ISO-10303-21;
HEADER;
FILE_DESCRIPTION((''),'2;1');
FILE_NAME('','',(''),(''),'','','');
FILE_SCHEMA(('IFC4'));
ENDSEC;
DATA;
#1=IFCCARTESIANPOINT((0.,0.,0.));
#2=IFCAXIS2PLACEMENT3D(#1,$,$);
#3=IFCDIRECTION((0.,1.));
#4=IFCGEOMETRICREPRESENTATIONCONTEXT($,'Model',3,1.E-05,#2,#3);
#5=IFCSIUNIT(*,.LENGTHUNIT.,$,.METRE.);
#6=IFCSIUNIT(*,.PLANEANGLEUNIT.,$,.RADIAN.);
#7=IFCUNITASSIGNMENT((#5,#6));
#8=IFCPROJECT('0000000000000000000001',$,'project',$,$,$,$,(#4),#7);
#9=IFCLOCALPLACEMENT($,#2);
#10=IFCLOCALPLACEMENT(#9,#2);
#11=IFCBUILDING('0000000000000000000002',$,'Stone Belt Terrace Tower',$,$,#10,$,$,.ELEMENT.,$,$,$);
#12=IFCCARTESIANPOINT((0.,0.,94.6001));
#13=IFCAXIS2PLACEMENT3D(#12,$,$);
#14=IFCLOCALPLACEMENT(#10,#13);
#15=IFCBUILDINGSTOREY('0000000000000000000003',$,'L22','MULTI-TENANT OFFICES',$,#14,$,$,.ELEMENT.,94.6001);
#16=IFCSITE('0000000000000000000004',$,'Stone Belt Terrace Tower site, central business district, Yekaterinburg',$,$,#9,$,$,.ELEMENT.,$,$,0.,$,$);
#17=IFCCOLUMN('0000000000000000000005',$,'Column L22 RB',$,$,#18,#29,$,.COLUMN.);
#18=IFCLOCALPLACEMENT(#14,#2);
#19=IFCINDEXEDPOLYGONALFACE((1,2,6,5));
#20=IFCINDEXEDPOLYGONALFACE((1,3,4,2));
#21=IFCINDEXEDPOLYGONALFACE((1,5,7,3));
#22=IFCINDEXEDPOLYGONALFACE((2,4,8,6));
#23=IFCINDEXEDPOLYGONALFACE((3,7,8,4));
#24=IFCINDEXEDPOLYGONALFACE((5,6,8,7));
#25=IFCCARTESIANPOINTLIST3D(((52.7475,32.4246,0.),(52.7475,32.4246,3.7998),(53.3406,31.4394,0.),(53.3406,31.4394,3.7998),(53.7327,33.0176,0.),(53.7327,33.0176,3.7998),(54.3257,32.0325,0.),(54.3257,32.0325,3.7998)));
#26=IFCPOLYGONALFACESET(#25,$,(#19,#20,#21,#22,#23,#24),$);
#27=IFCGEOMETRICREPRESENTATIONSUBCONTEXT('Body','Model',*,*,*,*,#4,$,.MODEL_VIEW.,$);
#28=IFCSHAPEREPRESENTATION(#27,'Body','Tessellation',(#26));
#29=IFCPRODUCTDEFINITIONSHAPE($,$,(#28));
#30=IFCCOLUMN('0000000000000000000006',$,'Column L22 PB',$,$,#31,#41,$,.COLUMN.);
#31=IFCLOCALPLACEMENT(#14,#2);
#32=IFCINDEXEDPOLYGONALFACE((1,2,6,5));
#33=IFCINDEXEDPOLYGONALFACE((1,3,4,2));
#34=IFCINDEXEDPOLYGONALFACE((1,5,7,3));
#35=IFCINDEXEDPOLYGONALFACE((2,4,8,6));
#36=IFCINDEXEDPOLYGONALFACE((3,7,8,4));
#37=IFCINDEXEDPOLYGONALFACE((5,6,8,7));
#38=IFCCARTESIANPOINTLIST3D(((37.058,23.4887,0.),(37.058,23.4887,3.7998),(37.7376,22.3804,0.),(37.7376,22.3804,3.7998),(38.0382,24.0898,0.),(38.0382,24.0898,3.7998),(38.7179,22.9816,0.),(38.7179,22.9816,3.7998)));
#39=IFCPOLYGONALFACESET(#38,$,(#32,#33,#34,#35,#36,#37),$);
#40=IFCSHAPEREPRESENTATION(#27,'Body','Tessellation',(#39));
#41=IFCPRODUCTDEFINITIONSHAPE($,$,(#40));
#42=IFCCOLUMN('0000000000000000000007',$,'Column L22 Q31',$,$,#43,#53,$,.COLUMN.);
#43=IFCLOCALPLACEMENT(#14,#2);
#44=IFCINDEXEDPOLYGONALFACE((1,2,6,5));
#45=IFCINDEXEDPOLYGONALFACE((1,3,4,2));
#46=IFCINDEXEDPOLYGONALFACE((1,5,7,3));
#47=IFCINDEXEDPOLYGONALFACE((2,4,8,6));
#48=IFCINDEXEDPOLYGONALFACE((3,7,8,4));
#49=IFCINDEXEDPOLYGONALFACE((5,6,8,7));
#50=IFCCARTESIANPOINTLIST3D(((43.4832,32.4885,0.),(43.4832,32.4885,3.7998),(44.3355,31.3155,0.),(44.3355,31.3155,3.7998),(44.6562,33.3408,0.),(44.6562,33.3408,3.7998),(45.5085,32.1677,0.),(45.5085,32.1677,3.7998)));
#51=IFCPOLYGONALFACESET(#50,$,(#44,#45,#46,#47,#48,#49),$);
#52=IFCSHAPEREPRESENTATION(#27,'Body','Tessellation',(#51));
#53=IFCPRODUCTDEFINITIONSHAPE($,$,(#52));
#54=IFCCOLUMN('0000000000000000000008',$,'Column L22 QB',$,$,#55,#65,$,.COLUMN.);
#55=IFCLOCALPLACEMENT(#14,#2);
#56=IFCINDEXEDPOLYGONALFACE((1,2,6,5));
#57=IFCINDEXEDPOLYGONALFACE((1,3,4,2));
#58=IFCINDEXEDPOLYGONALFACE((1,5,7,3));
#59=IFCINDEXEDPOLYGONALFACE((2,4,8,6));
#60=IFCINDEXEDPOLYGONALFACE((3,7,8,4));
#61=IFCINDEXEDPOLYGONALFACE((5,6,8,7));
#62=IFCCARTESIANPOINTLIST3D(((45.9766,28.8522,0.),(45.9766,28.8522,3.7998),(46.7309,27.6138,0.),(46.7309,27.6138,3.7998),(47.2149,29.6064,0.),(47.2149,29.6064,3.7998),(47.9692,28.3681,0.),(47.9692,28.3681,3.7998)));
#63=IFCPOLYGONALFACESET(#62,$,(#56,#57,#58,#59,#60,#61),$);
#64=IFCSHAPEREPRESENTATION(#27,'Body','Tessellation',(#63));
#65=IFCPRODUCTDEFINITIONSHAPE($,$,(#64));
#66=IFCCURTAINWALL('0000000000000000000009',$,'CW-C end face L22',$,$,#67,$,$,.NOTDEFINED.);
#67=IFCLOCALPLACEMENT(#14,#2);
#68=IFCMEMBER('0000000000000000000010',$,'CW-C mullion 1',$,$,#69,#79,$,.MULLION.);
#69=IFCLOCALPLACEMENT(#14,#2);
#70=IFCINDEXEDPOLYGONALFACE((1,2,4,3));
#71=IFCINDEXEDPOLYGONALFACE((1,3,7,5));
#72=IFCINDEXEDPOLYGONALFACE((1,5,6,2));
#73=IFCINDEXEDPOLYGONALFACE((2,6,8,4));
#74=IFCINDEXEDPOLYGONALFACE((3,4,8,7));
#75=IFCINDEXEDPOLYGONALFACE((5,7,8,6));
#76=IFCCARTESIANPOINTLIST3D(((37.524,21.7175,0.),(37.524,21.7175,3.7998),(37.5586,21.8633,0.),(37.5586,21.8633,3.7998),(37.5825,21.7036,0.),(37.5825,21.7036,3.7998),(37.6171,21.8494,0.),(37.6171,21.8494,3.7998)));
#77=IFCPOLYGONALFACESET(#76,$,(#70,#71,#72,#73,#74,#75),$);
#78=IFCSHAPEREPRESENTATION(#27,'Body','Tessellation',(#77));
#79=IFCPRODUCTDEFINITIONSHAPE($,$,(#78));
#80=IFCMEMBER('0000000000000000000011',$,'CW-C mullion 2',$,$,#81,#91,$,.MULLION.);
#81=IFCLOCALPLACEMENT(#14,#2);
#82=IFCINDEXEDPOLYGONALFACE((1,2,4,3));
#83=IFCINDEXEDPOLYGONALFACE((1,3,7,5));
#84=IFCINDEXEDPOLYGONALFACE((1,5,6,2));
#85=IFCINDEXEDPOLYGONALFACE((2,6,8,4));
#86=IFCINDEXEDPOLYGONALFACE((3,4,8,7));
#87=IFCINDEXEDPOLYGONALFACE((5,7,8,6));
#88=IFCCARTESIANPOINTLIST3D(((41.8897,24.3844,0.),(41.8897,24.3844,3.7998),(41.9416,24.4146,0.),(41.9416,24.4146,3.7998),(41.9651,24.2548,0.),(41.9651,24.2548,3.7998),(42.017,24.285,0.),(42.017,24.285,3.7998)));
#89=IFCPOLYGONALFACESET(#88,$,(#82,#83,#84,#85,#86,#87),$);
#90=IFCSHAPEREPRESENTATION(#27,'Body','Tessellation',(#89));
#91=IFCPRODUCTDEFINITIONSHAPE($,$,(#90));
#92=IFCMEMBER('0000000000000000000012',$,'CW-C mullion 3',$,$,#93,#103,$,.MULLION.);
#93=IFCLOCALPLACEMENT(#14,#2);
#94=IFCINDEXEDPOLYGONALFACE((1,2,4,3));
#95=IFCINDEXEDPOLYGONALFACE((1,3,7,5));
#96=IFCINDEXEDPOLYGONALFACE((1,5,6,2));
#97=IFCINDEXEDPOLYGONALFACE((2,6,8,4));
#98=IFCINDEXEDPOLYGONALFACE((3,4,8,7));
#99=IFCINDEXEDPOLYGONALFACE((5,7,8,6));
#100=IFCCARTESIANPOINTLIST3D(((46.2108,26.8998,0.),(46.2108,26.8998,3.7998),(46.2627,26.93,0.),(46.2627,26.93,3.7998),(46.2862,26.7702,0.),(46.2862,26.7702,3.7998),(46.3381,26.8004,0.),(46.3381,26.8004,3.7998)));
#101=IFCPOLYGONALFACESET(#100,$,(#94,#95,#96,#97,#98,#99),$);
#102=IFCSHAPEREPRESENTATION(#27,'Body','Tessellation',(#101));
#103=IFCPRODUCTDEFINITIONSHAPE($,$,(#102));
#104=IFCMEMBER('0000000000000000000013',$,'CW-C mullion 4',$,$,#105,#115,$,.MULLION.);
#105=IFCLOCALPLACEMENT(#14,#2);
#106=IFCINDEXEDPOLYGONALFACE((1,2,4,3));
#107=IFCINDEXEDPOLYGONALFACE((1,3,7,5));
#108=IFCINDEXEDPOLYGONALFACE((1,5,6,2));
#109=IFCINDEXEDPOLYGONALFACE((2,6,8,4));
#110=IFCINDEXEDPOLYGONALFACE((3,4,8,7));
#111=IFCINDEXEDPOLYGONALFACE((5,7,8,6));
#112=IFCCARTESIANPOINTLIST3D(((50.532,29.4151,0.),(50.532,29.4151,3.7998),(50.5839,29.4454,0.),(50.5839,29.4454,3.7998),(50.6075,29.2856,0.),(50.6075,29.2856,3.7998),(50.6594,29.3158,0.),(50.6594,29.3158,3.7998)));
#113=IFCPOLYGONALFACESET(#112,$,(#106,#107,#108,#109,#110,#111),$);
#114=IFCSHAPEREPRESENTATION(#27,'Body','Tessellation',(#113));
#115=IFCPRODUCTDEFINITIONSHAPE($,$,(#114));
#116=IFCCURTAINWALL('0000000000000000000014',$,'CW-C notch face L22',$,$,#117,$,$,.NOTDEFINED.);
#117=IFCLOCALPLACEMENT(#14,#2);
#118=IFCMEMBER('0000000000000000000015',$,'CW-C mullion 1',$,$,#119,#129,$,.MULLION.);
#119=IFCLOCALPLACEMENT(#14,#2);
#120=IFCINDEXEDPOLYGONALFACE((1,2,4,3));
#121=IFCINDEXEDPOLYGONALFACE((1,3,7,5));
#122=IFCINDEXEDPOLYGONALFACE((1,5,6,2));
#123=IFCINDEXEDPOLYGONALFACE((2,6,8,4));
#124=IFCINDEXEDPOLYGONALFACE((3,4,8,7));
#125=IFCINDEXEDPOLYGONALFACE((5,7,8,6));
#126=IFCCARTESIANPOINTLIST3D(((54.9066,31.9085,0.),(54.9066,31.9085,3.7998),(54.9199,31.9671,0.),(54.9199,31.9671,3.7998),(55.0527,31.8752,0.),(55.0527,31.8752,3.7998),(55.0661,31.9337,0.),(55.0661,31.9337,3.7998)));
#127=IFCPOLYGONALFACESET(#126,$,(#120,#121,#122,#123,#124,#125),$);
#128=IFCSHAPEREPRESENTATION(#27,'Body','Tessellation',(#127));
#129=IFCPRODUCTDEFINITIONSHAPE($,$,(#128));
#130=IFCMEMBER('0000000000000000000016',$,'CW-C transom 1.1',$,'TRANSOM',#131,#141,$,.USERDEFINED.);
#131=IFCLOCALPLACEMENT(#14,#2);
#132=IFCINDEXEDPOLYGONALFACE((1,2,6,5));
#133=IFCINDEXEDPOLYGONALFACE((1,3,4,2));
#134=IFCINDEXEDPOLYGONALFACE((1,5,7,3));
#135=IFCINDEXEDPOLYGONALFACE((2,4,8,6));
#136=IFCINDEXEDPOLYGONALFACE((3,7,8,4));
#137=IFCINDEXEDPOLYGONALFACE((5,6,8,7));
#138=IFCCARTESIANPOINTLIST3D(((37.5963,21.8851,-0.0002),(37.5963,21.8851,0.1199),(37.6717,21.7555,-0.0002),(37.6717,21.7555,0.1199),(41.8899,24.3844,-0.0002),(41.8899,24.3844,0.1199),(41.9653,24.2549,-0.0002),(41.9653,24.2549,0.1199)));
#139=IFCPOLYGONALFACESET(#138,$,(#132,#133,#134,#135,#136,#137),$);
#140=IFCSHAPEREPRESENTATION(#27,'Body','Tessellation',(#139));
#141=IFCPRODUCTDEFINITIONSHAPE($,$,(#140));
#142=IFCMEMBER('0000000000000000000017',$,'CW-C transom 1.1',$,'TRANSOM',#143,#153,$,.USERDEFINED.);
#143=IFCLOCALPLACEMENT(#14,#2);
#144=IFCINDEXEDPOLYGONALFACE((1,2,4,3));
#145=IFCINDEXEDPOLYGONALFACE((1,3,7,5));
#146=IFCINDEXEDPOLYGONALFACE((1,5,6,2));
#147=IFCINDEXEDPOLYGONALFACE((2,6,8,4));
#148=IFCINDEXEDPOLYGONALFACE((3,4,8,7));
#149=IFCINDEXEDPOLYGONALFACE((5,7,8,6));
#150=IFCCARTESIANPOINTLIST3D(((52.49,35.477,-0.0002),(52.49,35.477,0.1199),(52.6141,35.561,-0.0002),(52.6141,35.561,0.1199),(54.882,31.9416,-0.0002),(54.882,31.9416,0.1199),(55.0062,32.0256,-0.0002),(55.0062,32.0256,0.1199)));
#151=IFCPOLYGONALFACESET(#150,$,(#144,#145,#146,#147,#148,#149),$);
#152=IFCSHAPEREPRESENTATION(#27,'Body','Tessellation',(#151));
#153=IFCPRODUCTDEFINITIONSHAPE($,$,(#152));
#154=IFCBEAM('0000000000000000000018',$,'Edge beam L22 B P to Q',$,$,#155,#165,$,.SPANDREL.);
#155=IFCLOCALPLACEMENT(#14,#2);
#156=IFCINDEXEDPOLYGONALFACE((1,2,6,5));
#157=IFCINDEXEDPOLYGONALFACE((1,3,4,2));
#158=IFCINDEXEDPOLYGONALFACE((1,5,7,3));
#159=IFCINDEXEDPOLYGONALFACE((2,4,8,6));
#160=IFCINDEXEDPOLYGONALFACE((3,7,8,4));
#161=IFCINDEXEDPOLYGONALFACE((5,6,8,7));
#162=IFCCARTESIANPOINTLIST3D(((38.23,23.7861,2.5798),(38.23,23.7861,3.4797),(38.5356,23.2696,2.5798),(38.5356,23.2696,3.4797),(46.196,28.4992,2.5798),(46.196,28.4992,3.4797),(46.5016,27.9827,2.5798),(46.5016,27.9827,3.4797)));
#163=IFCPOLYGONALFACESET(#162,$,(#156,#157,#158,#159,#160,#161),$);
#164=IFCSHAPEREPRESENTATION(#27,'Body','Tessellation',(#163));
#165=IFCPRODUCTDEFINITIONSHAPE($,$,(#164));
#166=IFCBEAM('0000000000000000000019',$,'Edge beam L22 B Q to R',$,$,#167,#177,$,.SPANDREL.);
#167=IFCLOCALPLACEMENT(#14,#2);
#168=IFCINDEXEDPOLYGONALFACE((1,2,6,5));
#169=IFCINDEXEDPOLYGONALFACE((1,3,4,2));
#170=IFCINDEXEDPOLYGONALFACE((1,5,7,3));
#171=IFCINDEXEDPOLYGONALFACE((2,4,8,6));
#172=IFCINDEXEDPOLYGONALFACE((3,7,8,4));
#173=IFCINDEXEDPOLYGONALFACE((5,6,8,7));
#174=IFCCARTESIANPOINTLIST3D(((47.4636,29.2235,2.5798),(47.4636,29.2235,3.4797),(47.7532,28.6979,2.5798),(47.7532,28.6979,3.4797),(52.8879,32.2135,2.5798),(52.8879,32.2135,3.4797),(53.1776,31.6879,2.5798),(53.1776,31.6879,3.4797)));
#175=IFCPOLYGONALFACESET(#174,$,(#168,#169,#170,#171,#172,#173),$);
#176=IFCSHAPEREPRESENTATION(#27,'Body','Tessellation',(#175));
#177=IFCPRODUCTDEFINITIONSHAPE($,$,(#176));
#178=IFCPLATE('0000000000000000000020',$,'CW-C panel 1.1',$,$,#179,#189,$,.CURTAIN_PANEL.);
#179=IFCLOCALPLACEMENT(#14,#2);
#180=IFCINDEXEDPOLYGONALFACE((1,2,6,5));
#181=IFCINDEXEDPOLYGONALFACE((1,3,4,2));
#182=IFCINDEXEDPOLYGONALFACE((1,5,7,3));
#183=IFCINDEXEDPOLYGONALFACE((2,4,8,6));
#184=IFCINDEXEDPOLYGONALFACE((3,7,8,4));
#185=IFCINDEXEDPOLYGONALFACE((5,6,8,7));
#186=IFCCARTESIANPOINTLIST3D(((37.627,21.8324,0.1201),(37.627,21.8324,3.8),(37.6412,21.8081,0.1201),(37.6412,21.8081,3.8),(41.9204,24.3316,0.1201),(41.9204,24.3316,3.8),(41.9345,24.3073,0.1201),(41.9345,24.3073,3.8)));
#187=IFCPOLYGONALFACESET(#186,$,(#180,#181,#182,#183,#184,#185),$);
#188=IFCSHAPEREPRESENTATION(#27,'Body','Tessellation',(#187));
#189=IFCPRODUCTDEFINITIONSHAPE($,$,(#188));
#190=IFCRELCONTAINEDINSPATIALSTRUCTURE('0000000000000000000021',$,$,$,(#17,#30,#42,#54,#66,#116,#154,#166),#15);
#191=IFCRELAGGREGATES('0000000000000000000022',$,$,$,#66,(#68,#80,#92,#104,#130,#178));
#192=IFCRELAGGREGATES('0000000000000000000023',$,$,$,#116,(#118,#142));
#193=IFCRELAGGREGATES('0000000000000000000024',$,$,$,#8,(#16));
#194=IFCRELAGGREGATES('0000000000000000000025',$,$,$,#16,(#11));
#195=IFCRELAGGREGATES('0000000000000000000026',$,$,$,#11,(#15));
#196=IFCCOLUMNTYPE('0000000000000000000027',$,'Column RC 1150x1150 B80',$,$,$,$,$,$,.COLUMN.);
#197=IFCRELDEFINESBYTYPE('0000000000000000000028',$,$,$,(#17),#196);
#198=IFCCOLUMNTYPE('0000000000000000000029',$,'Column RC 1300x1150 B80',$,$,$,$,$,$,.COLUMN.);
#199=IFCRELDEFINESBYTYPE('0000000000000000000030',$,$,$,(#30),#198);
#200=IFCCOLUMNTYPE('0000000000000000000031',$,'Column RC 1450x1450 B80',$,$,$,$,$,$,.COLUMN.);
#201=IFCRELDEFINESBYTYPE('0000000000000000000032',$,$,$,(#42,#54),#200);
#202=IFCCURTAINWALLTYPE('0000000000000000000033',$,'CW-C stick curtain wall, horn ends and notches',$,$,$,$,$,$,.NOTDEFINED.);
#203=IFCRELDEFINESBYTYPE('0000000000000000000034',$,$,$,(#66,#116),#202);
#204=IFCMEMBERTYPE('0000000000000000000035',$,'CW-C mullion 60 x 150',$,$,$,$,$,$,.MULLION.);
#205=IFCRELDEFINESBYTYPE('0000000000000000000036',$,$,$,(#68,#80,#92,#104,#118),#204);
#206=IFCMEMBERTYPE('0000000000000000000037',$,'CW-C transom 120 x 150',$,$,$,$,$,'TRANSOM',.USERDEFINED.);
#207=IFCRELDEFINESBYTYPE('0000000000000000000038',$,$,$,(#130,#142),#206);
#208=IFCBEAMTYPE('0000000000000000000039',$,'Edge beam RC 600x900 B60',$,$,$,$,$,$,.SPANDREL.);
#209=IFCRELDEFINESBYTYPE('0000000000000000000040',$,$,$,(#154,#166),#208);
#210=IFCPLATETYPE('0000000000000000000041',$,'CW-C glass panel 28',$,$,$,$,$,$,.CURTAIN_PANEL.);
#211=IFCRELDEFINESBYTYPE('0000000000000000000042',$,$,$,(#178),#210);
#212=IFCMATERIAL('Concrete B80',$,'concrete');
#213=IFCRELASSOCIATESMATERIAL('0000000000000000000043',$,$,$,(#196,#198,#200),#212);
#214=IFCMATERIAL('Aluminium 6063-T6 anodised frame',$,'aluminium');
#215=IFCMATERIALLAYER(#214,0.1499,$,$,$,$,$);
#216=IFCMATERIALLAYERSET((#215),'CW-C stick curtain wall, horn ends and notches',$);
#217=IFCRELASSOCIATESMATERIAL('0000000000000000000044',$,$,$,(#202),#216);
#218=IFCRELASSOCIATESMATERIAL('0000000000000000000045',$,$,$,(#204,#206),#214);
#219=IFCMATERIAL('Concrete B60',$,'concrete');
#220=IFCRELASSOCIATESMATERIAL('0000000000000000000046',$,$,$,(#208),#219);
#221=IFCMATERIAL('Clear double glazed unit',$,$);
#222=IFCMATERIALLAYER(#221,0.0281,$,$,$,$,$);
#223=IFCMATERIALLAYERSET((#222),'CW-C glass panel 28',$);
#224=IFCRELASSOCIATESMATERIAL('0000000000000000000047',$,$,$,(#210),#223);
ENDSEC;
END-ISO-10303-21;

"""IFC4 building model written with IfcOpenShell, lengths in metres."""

from ifc_helpers import new_model, si_unit, direction, frame, origin, origin_2d, place, context, subcontext, project, spatial, rectangle, extrude, material, layer, layer_set, material_profile, profile_set, type_object, element, aggregate, save


model = new_model("IFC4")

# Units and contexts
model_context = context("Model", 3, precision=1e-05, world=origin(), true_north=direction((0.0, 1.0)))
body_context = subcontext(model_context, "Body", "Model", "MODEL_VIEW")
ifc_project = project(units=[si_unit("LENGTHUNIT", "METRE"), si_unit("PLANEANGLEUNIT", "RADIAN")], contexts=[model_context])

# Site, building, storey
site_placement = place(None, origin())
site = spatial("IfcSite", under=ifc_project, at=site_placement, Name="Stone Belt Terrace Tower site, central business district, Yekaterinburg", CompositionType="ELEMENT", RefElevation=0.0)
building_placement = place(site_placement, origin())
building = spatial("IfcBuilding", under=site, at=building_placement, Name="Stone Belt Terrace Tower", CompositionType="ELEMENT")
storey_placement = place(building_placement, frame((0.0, 0.0, 94.6001)))
storey = spatial("IfcBuildingStorey", under=building, at=storey_placement, Name="L22", Description="MULTI-TENANT OFFICES", CompositionType="ELEMENT", Elevation=94.6001)

# Columns
ifc_material_1 = material(Name="Concrete B80", Category="concrete")
ifc_material_profile_1 = material_profile(ifc_material_1, rectangle(XDim=1.1499, YDim=1.1499, at=origin_2d()), Name="RC 1150x1150")
ifc_profile_set_1 = profile_set([ifc_material_profile_1], Name="Concrete B80")
column_type_1 = type_object("IfcColumnType", Name="Column RC 1150x1150 B80", PredefinedType="COLUMN", material=ifc_profile_set_1)
column_1_placement = place(storey_placement, frame((53.5366, 32.2285, 0.0), z_axis=(0.0, 0.0, 1.0), x_axis=(0.51575, -0.856739, 0.0)))
element("IfcColumn", 1, at=column_1_placement, inside=storey, type_object=column_type_1, Name="Column L22 RB", PredefinedType="COLUMN", context=body_context, shape_type="SweptSolid", body=[
    extrude(rectangle(XDim=1.1499, YDim=1.1499, at=origin_2d()), origin(), (0.0, 0.0, 1.0), 3.7998),
])
ifc_material_profile_2 = material_profile(ifc_material_1, rectangle(XDim=1.3, YDim=1.1499, at=origin_2d()), Name="RC 1300x1150")
ifc_profile_set_2 = profile_set([ifc_material_profile_2], Name="Concrete B80")
column_type_2 = type_object("IfcColumnType", Name="Column RC 1300x1150 B80", PredefinedType="COLUMN", material=ifc_profile_set_2)
column_2_placement = place(storey_placement, frame((37.8879, 23.2351, 0.0), z_axis=(0.0, 0.0, 1.0), x_axis=(0.522781, -0.852467, 0.0)))
element("IfcColumn", 2, at=column_2_placement, inside=storey, type_object=column_type_2, Name="Column L22 PB", PredefinedType="COLUMN", context=body_context, shape_type="SweptSolid", body=[
    extrude(rectangle(XDim=1.3, YDim=1.1499, at=origin_2d()), origin(), (0.0, 0.0, 1.0), 3.7998),
])
ifc_material_profile_3 = material_profile(ifc_material_1, rectangle(XDim=1.45, YDim=1.45, at=origin_2d()), Name="RC 1450x1450")
ifc_profile_set_3 = profile_set([ifc_material_profile_3], Name="Concrete B80")
column_type_3 = type_object("IfcColumnType", Name="Column RC 1450x1450 B80", PredefinedType="COLUMN", material=ifc_profile_set_3)
for number, where, z_axis, x_axis, name in (
    (3, (44.4958, 32.3281, 0.0), (0.0, 0.0, 1.0), (0.587785, -0.809017, 0.0), "Column L22 Q31"),
    (4, (46.9729, 28.6101, 0.0), (0.0, 0.0, 1.0), (0.520186, -0.854053, 0.0), "Column L22 QB"),
):
    element("IfcColumn", number, at=place(storey_placement, frame(where, z_axis=z_axis, x_axis=x_axis)), inside=storey, type_object=column_type_3, Name=name, PredefinedType="COLUMN", context=body_context, shape_type="SweptSolid", body=[
        extrude(rectangle(XDim=1.45, YDim=1.45, at=origin_2d()), origin(), (0.0, 0.0, 1.0), 3.7998),
    ])

# Curtain wall, members
ifc_material_2 = material(Name="Aluminium 6063-T6 anodised frame", Category="aluminium")
ifc_layer_1 = layer(ifc_material_2, 0.1499)
ifc_layer_set_1 = layer_set([ifc_layer_1], Name="CW-C stick curtain wall, horn ends and notches")
curtain_wall_type = type_object("IfcCurtainWallType", Name="CW-C stick curtain wall, horn ends and notches", PredefinedType="NOTDEFINED", material=ifc_layer_set_1)
curtain_wall_1_placement = place(storey_placement, origin())
curtain_wall_1 = element("IfcCurtainWall", 5, at=curtain_wall_1_placement, inside=storey, type_object=curtain_wall_type, Name="CW-C end face L22", PredefinedType="NOTDEFINED")
ifc_material_profile_4 = material_profile(ifc_material_2, rectangle(XDim=0.1499, YDim=0.0601, at=origin_2d()), Name="Aluminium 6063-T6 60x150")
ifc_profile_set_4 = profile_set([ifc_material_profile_4], Name="Aluminium 6063-T6 anodised frame")
member_type_1 = type_object("IfcMemberType", Name="CW-C mullion 60 x 150", PredefinedType="MULLION", material=ifc_profile_set_4)
member_1_placement = place(storey_placement, frame((37.5706, 21.7834, 0.0), z_axis=(0.0, 0.0, 1.0), x_axis=(0.230847, 0.97299, 0.0)))
member_1 = element("IfcMember", 6, at=member_1_placement, type_object=member_type_1, Name="CW-C mullion 1", PredefinedType="MULLION", context=body_context, shape_type="SweptSolid", body=[
    extrude(rectangle(XDim=0.1499, YDim=0.0601, at=origin_2d()), origin(), (0.0, 0.0, 1.0), 3.7998),
])
member_2_placement = place(storey_placement, frame((41.9534, 24.3347, 0.0), z_axis=(0.0, 0.0, 1.0), x_axis=(-0.503081, 0.864239, 0.0)))
member_2 = element("IfcMember", 7, at=member_2_placement, type_object=member_type_1, Name="CW-C mullion 2", PredefinedType="MULLION", context=body_context, shape_type="SweptSolid", body=[
    extrude(rectangle(XDim=0.1499, YDim=0.0601, at=origin_2d()), origin(), (0.0, 0.0, 1.0), 3.7998),
])
member_3_placement = place(storey_placement, frame((46.2744, 26.8501, 0.0), z_axis=(0.0, 0.0, 1.0), x_axis=(-0.503081, 0.864239, 0.0)))
member_3 = element("IfcMember", 8, at=member_3_placement, type_object=member_type_1, Name="CW-C mullion 3", PredefinedType="MULLION", context=body_context, shape_type="SweptSolid", body=[
    extrude(rectangle(XDim=0.1499, YDim=0.0601, at=origin_2d()), origin(), (0.0, 0.0, 1.0), 3.7998),
])
member_4_placement = place(storey_placement, frame((50.5957, 29.3655, 0.0), z_axis=(0.0, 0.0, 1.0), x_axis=(-0.503081, 0.864239, 0.0)))
member_4 = element("IfcMember", 9, at=member_4_placement, type_object=member_type_1, Name="CW-C mullion 4", PredefinedType="MULLION", context=body_context, shape_type="SweptSolid", body=[
    extrude(rectangle(XDim=0.1499, YDim=0.0601, at=origin_2d()), origin(), (0.0, 0.0, 1.0), 3.7998),
])

# Curtain wall, member
curtain_wall_2_placement = place(storey_placement, origin())
curtain_wall_2 = element("IfcCurtainWall", 10, at=curtain_wall_2_placement, inside=storey, type_object=curtain_wall_type, Name="CW-C notch face L22", PredefinedType="NOTDEFINED")
member_5_placement = place(storey_placement, frame((54.9863, 31.9211, 0.0), z_axis=(0.0, 0.0, 1.0), x_axis=(-0.974927, 0.222525, 0.0)))
member_5 = element("IfcMember", 11, at=member_5_placement, type_object=member_type_1, Name="CW-C mullion 1", PredefinedType="MULLION", context=body_context, shape_type="SweptSolid", body=[
    extrude(rectangle(XDim=0.1499, YDim=0.0601, at=origin_2d()), origin(), (0.0, 0.0, 1.0), 3.7998),
])

# Members
ifc_material_profile_5 = material_profile(ifc_material_2, rectangle(XDim=0.1499, YDim=0.1201, at=origin_2d()), Name="Aluminium 6063-T6 150x120")
ifc_profile_set_5 = profile_set([ifc_material_profile_5], Name="Aluminium 6063-T6 anodised frame")
member_type_2 = type_object("IfcMemberType", Name="CW-C transom 120 x 150", ElementType="TRANSOM", PredefinedType="USERDEFINED", material=ifc_profile_set_5)
member_6_placement = place(storey_placement, frame((37.634, 21.8203, 0.0598), z_axis=(0.864238, 0.503082, 0.0), x_axis=(-0.503082, 0.864238, 0.0)))
member_6 = element("IfcMember", 12, at=member_6_placement, type_object=member_type_2, Name="CW-C transom 1.1", ObjectType="TRANSOM", PredefinedType="USERDEFINED", context=body_context, shape_type="SweptSolid", body=[
    extrude(rectangle(XDim=0.1499, YDim=0.1201, at=origin_2d()), origin(), (0.0, 0.0, 1.0), 4.968),
])
member_7_placement = place(storey_placement, frame((54.9441, 31.9836, 0.0598), z_axis=(-0.560389, 0.82823, 0.0), x_axis=(-0.82823, -0.560389, 0.0)))
member_7 = element("IfcMember", 13, at=member_7_placement, type_object=member_type_2, Name="CW-C transom 1.1", ObjectType="TRANSOM", PredefinedType="USERDEFINED", context=body_context, shape_type="SweptSolid", body=[
    extrude(rectangle(XDim=0.1499, YDim=0.1201, at=origin_2d()), origin(), (0.0, 0.0, 1.0), 4.2686),
])

# Beams
ifc_material_3 = material(Name="Concrete B60", Category="concrete")
ifc_material_profile_6 = material_profile(ifc_material_3, rectangle(XDim=0.6001, YDim=0.8999, at=origin_2d()), Name="RC 600x900")
ifc_profile_set_6 = profile_set([ifc_material_profile_6], Name="Concrete B60")
beam_type = type_object("IfcBeamType", Name="Edge beam RC 600x900 B60", PredefinedType="SPANDREL", material=ifc_profile_set_6)
beam_1_placement = place(storey_placement, frame((38.3828, 23.5278, 3.0298), z_axis=(0.860647, 0.509203, 0.0), x_axis=(-0.509203, 0.860647, 0.0)))
element("IfcBeam", 14, at=beam_1_placement, inside=storey, type_object=beam_type, Name="Edge beam L22 B P to Q", PredefinedType="SPANDREL", context=body_context, shape_type="SweptSolid", body=[
    extrude(rectangle(XDim=0.6001, YDim=0.8999, at=origin_2d()), origin(), (0.0, 0.0, 1.0), 9.2559),
])
beam_2_placement = place(storey_placement, frame((47.6084, 28.9607, 3.0298), z_axis=(0.875764, 0.482739, 0.0), x_axis=(-0.482739, 0.875764, 0.0)))
element("IfcBeam", 15, at=beam_2_placement, inside=storey, type_object=beam_type, Name="Edge beam L22 B Q to R", PredefinedType="SPANDREL", context=body_context, shape_type="SweptSolid", body=[
    extrude(rectangle(XDim=0.6001, YDim=0.8999, at=origin_2d()), origin(), (0.0, 0.0, 1.0), 6.1938),
])

# Plate
ifc_material_4 = material(Name="Clear double glazed unit")
ifc_layer_2 = layer(ifc_material_4, 0.0281)
ifc_layer_set_2 = layer_set([ifc_layer_2], Name="CW-C glass panel 28")
plate_type = type_object("IfcPlateType", Name="CW-C glass panel 28", PredefinedType="CURTAIN_PANEL", material=ifc_layer_set_2)
plate_1_placement = place(storey_placement, frame((39.7808, 23.0698, 0.1201), z_axis=(0.0, 0.0, 1.0), x_axis=(0.864239, 0.503081, 0.0)))
plate_1 = element("IfcPlate", 16, at=plate_1_placement, type_object=plate_type, Name="CW-C panel 1.1", PredefinedType="CURTAIN_PANEL", context=body_context, shape_type="SweptSolid", body=[
    extrude(rectangle(XDim=4.9678, YDim=0.0281, at=origin_2d()), origin(), (0.0, 0.0, 1.0), 3.6799),
])
aggregate(curtain_wall_1, [member_1, member_2, member_3, member_4, member_6, plate_1])
aggregate(curtain_wall_2, [member_5, member_7])

save(model, "model.ifc")
